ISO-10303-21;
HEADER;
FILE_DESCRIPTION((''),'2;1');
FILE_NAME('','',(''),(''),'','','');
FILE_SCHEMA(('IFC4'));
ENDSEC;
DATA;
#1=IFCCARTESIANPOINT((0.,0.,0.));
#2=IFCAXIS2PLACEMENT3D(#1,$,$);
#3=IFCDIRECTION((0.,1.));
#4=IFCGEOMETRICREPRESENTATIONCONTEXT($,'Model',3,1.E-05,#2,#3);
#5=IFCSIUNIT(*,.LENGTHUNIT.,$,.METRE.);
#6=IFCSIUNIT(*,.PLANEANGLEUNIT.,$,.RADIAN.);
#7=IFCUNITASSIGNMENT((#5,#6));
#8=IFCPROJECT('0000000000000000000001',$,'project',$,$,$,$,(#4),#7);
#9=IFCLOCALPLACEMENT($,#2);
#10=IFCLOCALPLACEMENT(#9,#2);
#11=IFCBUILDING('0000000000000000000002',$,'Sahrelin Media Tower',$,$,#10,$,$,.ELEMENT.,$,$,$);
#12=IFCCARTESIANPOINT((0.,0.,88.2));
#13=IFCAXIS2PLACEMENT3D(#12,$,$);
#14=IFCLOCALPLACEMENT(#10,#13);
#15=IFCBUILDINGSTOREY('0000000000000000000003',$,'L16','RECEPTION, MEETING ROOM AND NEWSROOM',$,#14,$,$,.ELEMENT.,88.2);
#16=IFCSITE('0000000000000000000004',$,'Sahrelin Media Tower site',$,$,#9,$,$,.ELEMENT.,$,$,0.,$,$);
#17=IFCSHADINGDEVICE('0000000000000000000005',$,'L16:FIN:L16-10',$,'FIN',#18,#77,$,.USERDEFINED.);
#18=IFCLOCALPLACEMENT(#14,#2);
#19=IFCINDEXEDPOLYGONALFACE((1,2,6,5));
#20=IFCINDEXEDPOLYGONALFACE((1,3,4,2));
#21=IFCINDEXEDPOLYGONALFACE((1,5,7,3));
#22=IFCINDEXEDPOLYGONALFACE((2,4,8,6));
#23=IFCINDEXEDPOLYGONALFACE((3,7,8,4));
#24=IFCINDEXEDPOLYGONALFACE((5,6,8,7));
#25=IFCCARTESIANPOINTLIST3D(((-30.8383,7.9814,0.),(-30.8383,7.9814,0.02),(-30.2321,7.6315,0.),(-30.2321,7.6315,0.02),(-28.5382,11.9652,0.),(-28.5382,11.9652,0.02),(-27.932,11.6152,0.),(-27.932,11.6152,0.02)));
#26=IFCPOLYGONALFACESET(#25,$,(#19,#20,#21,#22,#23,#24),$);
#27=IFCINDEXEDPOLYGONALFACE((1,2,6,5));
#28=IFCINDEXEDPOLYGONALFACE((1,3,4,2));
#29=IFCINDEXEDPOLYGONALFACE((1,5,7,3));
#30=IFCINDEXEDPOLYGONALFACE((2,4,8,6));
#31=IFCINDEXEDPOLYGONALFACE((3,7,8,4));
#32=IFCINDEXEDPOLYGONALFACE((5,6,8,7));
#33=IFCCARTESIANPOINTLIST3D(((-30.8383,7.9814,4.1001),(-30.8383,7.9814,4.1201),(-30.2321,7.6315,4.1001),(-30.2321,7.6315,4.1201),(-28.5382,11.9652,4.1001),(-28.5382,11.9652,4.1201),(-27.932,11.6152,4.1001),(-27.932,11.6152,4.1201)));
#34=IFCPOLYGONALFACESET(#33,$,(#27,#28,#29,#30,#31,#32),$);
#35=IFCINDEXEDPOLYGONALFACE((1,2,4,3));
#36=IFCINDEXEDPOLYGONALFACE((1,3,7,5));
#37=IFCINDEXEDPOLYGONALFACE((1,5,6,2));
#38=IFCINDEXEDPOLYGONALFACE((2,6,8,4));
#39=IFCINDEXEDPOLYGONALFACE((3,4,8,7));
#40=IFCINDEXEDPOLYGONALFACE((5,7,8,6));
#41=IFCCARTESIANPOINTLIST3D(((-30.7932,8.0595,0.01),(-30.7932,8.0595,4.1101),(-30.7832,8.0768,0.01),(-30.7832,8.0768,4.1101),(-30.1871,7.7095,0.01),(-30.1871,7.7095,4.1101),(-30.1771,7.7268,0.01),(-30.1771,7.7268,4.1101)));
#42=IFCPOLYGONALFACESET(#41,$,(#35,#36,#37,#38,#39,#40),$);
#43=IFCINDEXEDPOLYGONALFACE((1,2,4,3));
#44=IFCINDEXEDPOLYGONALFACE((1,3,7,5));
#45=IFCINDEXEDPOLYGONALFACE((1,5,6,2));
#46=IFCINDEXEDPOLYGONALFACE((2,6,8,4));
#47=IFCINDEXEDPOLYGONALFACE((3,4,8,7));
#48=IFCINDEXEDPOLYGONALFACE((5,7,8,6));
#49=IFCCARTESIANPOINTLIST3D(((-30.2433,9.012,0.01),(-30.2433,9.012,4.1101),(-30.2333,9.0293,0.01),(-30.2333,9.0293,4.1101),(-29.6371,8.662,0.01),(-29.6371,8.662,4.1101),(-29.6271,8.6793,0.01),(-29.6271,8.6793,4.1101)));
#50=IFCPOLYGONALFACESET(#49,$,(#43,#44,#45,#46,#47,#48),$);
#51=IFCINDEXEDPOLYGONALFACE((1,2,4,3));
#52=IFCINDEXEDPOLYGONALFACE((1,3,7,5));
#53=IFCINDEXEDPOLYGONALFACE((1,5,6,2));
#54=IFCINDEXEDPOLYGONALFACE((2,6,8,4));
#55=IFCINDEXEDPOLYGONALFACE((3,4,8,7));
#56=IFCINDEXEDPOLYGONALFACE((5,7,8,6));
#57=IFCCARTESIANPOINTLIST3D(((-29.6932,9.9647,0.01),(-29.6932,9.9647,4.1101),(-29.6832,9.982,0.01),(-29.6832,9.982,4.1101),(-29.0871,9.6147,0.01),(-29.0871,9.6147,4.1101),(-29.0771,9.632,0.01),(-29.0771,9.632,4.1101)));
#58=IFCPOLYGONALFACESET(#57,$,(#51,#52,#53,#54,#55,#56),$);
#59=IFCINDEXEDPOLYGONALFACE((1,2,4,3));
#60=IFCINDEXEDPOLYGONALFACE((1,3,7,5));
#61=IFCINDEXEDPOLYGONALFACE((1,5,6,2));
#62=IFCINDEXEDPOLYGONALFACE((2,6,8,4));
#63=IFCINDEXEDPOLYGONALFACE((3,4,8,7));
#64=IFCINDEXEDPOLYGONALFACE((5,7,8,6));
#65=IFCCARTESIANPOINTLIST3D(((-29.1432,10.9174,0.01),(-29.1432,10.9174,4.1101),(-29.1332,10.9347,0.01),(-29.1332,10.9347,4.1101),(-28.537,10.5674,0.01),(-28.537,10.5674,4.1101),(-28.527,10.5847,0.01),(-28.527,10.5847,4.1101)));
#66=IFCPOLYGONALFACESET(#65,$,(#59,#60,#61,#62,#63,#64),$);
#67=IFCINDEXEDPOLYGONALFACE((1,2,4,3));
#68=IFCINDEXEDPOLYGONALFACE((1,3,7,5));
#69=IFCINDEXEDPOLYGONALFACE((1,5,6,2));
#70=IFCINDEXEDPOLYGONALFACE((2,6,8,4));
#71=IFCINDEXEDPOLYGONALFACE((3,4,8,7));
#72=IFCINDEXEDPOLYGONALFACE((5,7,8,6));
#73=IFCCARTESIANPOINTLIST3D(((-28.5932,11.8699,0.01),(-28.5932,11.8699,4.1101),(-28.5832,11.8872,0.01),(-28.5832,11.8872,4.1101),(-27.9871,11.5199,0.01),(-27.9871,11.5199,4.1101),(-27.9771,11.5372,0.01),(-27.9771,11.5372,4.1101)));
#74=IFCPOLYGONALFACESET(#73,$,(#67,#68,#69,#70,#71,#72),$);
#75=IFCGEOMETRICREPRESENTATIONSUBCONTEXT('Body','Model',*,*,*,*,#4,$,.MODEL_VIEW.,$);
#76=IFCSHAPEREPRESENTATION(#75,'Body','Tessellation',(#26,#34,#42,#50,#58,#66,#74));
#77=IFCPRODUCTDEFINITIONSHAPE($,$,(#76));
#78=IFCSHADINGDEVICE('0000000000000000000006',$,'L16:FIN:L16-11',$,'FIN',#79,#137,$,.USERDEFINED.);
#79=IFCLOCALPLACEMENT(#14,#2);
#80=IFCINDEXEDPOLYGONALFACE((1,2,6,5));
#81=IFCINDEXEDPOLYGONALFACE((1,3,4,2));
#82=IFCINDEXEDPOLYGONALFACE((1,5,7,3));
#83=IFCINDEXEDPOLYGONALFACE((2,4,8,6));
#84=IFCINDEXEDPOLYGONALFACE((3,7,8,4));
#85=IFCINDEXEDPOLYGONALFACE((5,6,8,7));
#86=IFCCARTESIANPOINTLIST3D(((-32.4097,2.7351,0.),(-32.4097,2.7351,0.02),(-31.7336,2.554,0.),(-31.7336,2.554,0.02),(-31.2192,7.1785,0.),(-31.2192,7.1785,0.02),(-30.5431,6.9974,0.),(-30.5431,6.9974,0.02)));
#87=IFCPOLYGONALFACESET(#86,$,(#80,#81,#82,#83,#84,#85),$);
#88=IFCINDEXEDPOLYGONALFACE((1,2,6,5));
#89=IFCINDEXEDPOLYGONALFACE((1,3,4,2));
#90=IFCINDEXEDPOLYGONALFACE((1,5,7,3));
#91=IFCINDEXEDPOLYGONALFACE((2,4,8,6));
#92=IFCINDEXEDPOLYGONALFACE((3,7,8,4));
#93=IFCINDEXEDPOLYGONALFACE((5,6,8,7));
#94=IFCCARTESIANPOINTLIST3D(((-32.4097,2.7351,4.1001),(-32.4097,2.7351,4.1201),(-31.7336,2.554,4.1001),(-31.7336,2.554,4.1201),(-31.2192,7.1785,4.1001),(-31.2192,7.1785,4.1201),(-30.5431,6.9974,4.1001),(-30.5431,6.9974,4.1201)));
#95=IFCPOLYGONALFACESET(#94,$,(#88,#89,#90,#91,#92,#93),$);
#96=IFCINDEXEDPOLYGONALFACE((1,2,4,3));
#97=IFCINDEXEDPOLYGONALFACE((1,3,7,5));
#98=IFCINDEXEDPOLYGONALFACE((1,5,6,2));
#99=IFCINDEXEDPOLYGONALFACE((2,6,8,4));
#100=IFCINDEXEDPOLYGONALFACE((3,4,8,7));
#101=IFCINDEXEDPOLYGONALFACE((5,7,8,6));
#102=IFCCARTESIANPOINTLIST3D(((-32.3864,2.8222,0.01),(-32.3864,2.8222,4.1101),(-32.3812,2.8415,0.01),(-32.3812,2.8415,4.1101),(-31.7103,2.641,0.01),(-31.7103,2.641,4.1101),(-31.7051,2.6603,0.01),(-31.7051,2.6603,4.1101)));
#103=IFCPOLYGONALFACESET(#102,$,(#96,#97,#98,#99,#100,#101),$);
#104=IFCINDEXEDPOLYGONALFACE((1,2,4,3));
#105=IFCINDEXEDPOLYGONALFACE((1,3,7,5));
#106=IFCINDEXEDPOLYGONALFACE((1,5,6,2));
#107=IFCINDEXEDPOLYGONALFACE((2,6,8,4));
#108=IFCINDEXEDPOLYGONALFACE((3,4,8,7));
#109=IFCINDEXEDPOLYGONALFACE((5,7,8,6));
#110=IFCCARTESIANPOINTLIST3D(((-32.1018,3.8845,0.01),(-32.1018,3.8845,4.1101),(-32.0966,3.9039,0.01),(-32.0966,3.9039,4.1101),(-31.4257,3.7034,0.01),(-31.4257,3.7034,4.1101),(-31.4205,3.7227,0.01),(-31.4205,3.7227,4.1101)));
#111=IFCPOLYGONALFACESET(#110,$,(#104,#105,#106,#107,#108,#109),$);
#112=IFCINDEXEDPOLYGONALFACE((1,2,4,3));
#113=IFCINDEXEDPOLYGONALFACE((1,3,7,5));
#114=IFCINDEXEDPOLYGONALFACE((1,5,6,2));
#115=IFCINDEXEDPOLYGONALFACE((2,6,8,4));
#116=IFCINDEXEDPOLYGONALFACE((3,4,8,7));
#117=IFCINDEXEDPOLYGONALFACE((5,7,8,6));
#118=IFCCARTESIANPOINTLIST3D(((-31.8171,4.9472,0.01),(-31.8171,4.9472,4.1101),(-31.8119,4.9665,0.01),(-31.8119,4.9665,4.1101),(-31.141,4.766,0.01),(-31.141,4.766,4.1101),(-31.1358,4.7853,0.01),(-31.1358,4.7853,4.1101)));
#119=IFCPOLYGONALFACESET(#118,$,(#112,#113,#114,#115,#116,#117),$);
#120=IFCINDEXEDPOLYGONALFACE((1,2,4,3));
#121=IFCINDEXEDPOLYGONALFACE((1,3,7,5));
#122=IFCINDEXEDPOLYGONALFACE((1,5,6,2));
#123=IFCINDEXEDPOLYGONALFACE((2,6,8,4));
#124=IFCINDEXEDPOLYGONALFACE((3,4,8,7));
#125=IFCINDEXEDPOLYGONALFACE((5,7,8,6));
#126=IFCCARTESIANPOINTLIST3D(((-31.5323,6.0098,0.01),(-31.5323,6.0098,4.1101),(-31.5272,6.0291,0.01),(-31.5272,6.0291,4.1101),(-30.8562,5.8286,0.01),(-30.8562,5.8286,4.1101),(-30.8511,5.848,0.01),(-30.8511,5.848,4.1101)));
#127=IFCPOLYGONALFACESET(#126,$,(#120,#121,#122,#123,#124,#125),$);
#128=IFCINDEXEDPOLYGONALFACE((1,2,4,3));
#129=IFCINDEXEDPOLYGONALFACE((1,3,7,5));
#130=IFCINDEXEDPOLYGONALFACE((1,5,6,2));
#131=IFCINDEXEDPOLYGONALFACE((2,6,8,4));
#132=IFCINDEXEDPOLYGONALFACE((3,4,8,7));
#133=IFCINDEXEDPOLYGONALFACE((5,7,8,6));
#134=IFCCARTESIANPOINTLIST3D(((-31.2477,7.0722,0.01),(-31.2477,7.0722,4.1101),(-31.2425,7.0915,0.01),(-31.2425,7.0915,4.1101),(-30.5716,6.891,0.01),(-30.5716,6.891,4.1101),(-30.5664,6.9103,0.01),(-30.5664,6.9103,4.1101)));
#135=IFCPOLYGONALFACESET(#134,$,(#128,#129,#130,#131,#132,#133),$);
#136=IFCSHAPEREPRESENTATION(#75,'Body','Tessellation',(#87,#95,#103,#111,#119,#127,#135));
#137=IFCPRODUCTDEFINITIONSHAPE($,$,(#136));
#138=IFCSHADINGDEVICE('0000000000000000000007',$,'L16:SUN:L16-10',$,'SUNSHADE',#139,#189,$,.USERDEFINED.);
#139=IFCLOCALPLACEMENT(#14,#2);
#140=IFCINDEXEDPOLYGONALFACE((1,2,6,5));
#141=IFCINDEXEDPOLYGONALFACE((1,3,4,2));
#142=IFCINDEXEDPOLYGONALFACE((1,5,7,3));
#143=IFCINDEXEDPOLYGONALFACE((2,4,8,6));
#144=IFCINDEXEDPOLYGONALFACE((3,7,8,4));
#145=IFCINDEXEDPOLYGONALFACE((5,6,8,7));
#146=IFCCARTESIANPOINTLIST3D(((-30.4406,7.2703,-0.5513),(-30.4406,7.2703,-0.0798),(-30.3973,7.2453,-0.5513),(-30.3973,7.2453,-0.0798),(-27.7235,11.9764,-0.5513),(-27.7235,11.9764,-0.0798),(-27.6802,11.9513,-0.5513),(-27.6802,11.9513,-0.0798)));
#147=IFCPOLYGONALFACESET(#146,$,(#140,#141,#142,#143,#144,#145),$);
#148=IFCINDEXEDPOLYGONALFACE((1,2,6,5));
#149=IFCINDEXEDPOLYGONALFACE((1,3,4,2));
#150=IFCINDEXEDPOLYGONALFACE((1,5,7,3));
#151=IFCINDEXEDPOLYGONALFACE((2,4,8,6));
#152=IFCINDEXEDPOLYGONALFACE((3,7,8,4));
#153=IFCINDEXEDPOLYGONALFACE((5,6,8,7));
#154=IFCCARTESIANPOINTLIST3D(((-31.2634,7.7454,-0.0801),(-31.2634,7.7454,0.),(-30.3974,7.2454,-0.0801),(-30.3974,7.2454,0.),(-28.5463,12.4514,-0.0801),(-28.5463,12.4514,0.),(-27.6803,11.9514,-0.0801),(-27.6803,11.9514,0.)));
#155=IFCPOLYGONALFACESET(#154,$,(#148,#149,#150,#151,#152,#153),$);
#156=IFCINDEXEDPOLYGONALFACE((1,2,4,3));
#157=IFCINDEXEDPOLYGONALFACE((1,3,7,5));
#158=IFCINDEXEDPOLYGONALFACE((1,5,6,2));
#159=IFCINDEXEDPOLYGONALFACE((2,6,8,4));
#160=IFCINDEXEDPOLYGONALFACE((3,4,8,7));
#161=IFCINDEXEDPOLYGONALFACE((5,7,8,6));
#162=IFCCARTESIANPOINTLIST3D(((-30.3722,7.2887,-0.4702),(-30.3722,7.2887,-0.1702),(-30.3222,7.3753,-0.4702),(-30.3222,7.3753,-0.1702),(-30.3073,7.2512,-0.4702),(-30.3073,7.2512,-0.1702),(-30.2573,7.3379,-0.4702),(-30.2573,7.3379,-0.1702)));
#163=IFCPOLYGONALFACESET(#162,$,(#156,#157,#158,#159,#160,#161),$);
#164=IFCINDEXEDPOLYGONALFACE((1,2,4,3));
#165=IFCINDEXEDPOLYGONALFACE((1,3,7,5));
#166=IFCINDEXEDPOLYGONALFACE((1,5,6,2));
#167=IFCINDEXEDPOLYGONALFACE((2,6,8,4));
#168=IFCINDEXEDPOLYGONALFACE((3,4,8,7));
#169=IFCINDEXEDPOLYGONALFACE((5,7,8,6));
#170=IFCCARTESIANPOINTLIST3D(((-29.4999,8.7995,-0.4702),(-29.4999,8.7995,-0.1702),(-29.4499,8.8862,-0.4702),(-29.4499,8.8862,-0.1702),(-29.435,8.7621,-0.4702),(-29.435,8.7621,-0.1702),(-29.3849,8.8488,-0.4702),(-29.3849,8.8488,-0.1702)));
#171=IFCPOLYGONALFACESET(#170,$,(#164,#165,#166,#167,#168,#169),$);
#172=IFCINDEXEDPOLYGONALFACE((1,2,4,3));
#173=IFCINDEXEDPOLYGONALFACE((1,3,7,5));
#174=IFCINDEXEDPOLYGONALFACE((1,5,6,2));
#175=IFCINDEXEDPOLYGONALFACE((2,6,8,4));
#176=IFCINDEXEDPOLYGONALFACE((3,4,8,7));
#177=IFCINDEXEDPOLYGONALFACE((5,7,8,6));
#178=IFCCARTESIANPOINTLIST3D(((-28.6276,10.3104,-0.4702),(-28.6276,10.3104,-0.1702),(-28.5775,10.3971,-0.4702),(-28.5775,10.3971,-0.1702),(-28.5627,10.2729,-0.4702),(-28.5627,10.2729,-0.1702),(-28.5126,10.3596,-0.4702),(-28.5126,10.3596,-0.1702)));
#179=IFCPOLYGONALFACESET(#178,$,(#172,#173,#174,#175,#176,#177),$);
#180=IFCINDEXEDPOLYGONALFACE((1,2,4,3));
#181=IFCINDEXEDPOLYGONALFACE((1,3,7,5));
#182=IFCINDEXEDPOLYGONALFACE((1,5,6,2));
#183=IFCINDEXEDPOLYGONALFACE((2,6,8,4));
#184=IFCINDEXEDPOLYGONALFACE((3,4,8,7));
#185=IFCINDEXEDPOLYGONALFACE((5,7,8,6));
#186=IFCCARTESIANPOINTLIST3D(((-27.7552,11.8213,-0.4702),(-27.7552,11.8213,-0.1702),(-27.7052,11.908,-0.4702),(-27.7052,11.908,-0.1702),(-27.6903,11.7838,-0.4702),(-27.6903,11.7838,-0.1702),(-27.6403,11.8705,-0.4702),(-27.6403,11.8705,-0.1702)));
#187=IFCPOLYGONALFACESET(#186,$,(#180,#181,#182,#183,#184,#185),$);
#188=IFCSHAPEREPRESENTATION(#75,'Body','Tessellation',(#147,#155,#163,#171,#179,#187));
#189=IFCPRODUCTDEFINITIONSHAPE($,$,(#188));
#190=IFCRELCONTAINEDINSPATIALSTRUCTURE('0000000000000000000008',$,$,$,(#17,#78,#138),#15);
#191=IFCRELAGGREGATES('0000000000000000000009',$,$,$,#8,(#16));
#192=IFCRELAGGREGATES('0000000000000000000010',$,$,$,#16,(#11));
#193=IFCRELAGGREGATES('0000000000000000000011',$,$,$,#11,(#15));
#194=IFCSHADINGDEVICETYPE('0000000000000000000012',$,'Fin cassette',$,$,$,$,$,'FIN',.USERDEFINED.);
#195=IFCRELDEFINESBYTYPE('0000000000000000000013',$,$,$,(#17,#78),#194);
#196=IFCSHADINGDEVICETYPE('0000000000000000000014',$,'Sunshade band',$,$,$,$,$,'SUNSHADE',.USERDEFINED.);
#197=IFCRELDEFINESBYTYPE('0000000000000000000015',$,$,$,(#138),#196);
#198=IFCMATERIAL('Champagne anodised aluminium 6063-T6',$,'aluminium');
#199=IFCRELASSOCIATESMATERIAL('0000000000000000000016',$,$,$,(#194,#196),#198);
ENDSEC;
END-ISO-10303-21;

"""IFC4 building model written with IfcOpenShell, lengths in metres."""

from ifc_helpers import new_model, si_unit, direction, frame, origin, origin_2d, place, context, subcontext, project, spatial, rectangle, extrude, material, type_object, element, save


model = new_model("IFC4")

# Units and contexts
model_context = context("Model", 3, precision=1e-05, world=origin(), true_north=direction((0.0, 1.0)))
body_context = subcontext(model_context, "Body", "Model", "MODEL_VIEW")
ifc_project = project(units=[si_unit("LENGTHUNIT", "METRE"), si_unit("PLANEANGLEUNIT", "RADIAN")], contexts=[model_context])

# Site, building, storey
site_placement = place(None, origin())
site = spatial("IfcSite", under=ifc_project, at=site_placement, Name="Sahrelin Media Tower site", CompositionType="ELEMENT", RefElevation=0.0)
building_placement = place(site_placement, origin())
building = spatial("IfcBuilding", under=site, at=building_placement, Name="Sahrelin Media Tower", CompositionType="ELEMENT")
storey_placement = place(building_placement, frame((0.0, 0.0, 88.2)))
storey = spatial("IfcBuildingStorey", under=building, at=storey_placement, Name="L16", Description="RECEPTION, MEETING ROOM AND NEWSROOM", CompositionType="ELEMENT", Elevation=88.2)

# Shared definitions
ifc_material_1 = material(Name="Champagne anodised aluminium 6063-T6", Category="aluminium")

# Shading devices
shading_device_type_1 = type_object("IfcShadingDeviceType", Name="Fin cassette", ElementType="FIN", PredefinedType="USERDEFINED", material=ifc_material_1)
placement_1 = place(storey_placement, frame((-29.0215, 9.5884, 0.0), z_axis=(0.0, 0.0, 1.0), x_axis=(0.500011, 0.866019, 0.0)))
element("IfcShadingDevice", 1, at=placement_1, inside=storey, type_object=shading_device_type_1, Name="L16:FIN:L16-10", ObjectType="FIN", PredefinedType="USERDEFINED", context=body_context, shape_type="SweptSolid", body=[
    extrude(rectangle(XDim=4.6001, YDim=0.7, at=origin_2d()), frame((0.0, 0.4199, 0.0)), (0.0, 0.0, 1.0), 0.02),
    extrude(rectangle(XDim=4.6001, YDim=0.7, at=origin_2d()), frame((0.0, 0.4199, 4.1001)), (0.0, 0.0, 1.0), 0.02),
    extrude(rectangle(XDim=0.02, YDim=0.7, at=origin_2d()), frame((-2.2, 0.4199, 0.01), z_axis=(0.0, 0.0, 1.0), x_axis=(1.0, 0.0, 0.0)), (0.0, 0.0, 1.0), 4.1001),
    extrude(rectangle(XDim=0.02, YDim=0.7, at=origin_2d()), frame((-1.1001, 0.4199, 0.01), z_axis=(0.0, 0.0, 1.0), x_axis=(1.0, 0.0, 0.0)), (0.0, 0.0, 1.0), 4.1001),
    extrude(rectangle(XDim=0.02, YDim=0.7, at=origin_2d()), frame((0.0, 0.4199, 0.01), z_axis=(0.0, 0.0, 1.0), x_axis=(1.0, 0.0, 0.0)), (0.0, 0.0, 1.0), 4.1001),
    extrude(rectangle(XDim=0.02, YDim=0.7, at=origin_2d()), frame((1.1001, 0.4199, 0.01), z_axis=(0.0, 0.0, 1.0), x_axis=(1.0, 0.0, 0.0)), (0.0, 0.0, 1.0), 4.1001),
    extrude(rectangle(XDim=0.02, YDim=0.7, at=origin_2d()), frame((2.2, 0.4199, 0.01), z_axis=(0.0, 0.0, 1.0), x_axis=(1.0, 0.0, 0.0)), (0.0, 0.0, 1.0), 4.1001),
])
placement_2 = place(storey_placement, frame((-31.0708, 4.7576, 0.0), z_axis=(0.0, 0.0, 1.0), x_axis=(0.258808, 0.965929, 0.0)))
element("IfcShadingDevice", 2, at=placement_2, inside=storey, type_object=shading_device_type_1, Name="L16:FIN:L16-11", ObjectType="FIN", PredefinedType="USERDEFINED", context=body_context, shape_type="SweptSolid", body=[
    extrude(rectangle(XDim=4.6001, YDim=0.7, at=origin_2d()), frame((0.0, 0.4199, 0.0)), (0.0, 0.0, 1.0), 0.02),
    extrude(rectangle(XDim=4.6001, YDim=0.7, at=origin_2d()), frame((0.0, 0.4199, 4.1001)), (0.0, 0.0, 1.0), 0.02),
    extrude(rectangle(XDim=0.02, YDim=0.7, at=origin_2d()), frame((-2.2, 0.4199, 0.01), z_axis=(0.0, 0.0, 1.0), x_axis=(1.0, 0.0, 0.0)), (0.0, 0.0, 1.0), 4.1001),
    extrude(rectangle(XDim=0.02, YDim=0.7, at=origin_2d()), frame((-1.1001, 0.4199, 0.01), z_axis=(0.0, 0.0, 1.0), x_axis=(1.0, 0.0, 0.0)), (0.0, 0.0, 1.0), 4.1001),
    extrude(rectangle(XDim=0.02, YDim=0.7, at=origin_2d()), frame((0.0, 0.4199, 0.01), z_axis=(0.0, 0.0, 1.0), x_axis=(1.0, 0.0, 0.0)), (0.0, 0.0, 1.0), 4.1001),
    extrude(rectangle(XDim=0.02, YDim=0.7, at=origin_2d()), frame((1.1001, 0.4199, 0.01), z_axis=(0.0, 0.0, 1.0), x_axis=(1.0, 0.0, 0.0)), (0.0, 0.0, 1.0), 4.1001),
    extrude(rectangle(XDim=0.02, YDim=0.7, at=origin_2d()), frame((2.2, 0.4199, 0.01), z_axis=(0.0, 0.0, 1.0), x_axis=(1.0, 0.0, 0.0)), (0.0, 0.0, 1.0), 4.1001),
])
shading_device_type_2 = type_object("IfcShadingDeviceType", Name="Sunshade band", ElementType="SUNSHADE", PredefinedType="USERDEFINED", material=ifc_material_1)
element("IfcShadingDevice", 3, at=placement_1, inside=storey, type_object=shading_device_type_2, Name="L16:SUN:L16-10", ObjectType="SUNSHADE", PredefinedType="USERDEFINED", context=body_context, shape_type="SweptSolid", body=[
    extrude(rectangle(XDim=5.4341, YDim=0.05, at=origin_2d()), frame((0.0, 0.0449, -0.5513)), (0.0, 0.0, 1.0), 0.4714),
    extrude(rectangle(XDim=5.4341, YDim=1.0, at=origin_2d()), frame((0.0, 0.52, -0.0801)), (0.0, 0.0, 1.0), 0.0801),
    extrude(rectangle(XDim=0.1001, YDim=0.075, at=origin_2d()), frame((-2.6169, -0.0176, -0.4702)), (0.0, 0.0, 1.0), 0.3),
    extrude(rectangle(XDim=0.1001, YDim=0.075, at=origin_2d()), frame((-0.8723, -0.0176, -0.4702)), (0.0, 0.0, 1.0), 0.3),
    extrude(rectangle(XDim=0.1001, YDim=0.075, at=origin_2d()), frame((0.8723, -0.0176, -0.4702)), (0.0, 0.0, 1.0), 0.3),
    extrude(rectangle(XDim=0.1001, YDim=0.075, at=origin_2d()), frame((2.6169, -0.0176, -0.4702)), (0.0, 0.0, 1.0), 0.3),
])

save(model, "model.ifc")
